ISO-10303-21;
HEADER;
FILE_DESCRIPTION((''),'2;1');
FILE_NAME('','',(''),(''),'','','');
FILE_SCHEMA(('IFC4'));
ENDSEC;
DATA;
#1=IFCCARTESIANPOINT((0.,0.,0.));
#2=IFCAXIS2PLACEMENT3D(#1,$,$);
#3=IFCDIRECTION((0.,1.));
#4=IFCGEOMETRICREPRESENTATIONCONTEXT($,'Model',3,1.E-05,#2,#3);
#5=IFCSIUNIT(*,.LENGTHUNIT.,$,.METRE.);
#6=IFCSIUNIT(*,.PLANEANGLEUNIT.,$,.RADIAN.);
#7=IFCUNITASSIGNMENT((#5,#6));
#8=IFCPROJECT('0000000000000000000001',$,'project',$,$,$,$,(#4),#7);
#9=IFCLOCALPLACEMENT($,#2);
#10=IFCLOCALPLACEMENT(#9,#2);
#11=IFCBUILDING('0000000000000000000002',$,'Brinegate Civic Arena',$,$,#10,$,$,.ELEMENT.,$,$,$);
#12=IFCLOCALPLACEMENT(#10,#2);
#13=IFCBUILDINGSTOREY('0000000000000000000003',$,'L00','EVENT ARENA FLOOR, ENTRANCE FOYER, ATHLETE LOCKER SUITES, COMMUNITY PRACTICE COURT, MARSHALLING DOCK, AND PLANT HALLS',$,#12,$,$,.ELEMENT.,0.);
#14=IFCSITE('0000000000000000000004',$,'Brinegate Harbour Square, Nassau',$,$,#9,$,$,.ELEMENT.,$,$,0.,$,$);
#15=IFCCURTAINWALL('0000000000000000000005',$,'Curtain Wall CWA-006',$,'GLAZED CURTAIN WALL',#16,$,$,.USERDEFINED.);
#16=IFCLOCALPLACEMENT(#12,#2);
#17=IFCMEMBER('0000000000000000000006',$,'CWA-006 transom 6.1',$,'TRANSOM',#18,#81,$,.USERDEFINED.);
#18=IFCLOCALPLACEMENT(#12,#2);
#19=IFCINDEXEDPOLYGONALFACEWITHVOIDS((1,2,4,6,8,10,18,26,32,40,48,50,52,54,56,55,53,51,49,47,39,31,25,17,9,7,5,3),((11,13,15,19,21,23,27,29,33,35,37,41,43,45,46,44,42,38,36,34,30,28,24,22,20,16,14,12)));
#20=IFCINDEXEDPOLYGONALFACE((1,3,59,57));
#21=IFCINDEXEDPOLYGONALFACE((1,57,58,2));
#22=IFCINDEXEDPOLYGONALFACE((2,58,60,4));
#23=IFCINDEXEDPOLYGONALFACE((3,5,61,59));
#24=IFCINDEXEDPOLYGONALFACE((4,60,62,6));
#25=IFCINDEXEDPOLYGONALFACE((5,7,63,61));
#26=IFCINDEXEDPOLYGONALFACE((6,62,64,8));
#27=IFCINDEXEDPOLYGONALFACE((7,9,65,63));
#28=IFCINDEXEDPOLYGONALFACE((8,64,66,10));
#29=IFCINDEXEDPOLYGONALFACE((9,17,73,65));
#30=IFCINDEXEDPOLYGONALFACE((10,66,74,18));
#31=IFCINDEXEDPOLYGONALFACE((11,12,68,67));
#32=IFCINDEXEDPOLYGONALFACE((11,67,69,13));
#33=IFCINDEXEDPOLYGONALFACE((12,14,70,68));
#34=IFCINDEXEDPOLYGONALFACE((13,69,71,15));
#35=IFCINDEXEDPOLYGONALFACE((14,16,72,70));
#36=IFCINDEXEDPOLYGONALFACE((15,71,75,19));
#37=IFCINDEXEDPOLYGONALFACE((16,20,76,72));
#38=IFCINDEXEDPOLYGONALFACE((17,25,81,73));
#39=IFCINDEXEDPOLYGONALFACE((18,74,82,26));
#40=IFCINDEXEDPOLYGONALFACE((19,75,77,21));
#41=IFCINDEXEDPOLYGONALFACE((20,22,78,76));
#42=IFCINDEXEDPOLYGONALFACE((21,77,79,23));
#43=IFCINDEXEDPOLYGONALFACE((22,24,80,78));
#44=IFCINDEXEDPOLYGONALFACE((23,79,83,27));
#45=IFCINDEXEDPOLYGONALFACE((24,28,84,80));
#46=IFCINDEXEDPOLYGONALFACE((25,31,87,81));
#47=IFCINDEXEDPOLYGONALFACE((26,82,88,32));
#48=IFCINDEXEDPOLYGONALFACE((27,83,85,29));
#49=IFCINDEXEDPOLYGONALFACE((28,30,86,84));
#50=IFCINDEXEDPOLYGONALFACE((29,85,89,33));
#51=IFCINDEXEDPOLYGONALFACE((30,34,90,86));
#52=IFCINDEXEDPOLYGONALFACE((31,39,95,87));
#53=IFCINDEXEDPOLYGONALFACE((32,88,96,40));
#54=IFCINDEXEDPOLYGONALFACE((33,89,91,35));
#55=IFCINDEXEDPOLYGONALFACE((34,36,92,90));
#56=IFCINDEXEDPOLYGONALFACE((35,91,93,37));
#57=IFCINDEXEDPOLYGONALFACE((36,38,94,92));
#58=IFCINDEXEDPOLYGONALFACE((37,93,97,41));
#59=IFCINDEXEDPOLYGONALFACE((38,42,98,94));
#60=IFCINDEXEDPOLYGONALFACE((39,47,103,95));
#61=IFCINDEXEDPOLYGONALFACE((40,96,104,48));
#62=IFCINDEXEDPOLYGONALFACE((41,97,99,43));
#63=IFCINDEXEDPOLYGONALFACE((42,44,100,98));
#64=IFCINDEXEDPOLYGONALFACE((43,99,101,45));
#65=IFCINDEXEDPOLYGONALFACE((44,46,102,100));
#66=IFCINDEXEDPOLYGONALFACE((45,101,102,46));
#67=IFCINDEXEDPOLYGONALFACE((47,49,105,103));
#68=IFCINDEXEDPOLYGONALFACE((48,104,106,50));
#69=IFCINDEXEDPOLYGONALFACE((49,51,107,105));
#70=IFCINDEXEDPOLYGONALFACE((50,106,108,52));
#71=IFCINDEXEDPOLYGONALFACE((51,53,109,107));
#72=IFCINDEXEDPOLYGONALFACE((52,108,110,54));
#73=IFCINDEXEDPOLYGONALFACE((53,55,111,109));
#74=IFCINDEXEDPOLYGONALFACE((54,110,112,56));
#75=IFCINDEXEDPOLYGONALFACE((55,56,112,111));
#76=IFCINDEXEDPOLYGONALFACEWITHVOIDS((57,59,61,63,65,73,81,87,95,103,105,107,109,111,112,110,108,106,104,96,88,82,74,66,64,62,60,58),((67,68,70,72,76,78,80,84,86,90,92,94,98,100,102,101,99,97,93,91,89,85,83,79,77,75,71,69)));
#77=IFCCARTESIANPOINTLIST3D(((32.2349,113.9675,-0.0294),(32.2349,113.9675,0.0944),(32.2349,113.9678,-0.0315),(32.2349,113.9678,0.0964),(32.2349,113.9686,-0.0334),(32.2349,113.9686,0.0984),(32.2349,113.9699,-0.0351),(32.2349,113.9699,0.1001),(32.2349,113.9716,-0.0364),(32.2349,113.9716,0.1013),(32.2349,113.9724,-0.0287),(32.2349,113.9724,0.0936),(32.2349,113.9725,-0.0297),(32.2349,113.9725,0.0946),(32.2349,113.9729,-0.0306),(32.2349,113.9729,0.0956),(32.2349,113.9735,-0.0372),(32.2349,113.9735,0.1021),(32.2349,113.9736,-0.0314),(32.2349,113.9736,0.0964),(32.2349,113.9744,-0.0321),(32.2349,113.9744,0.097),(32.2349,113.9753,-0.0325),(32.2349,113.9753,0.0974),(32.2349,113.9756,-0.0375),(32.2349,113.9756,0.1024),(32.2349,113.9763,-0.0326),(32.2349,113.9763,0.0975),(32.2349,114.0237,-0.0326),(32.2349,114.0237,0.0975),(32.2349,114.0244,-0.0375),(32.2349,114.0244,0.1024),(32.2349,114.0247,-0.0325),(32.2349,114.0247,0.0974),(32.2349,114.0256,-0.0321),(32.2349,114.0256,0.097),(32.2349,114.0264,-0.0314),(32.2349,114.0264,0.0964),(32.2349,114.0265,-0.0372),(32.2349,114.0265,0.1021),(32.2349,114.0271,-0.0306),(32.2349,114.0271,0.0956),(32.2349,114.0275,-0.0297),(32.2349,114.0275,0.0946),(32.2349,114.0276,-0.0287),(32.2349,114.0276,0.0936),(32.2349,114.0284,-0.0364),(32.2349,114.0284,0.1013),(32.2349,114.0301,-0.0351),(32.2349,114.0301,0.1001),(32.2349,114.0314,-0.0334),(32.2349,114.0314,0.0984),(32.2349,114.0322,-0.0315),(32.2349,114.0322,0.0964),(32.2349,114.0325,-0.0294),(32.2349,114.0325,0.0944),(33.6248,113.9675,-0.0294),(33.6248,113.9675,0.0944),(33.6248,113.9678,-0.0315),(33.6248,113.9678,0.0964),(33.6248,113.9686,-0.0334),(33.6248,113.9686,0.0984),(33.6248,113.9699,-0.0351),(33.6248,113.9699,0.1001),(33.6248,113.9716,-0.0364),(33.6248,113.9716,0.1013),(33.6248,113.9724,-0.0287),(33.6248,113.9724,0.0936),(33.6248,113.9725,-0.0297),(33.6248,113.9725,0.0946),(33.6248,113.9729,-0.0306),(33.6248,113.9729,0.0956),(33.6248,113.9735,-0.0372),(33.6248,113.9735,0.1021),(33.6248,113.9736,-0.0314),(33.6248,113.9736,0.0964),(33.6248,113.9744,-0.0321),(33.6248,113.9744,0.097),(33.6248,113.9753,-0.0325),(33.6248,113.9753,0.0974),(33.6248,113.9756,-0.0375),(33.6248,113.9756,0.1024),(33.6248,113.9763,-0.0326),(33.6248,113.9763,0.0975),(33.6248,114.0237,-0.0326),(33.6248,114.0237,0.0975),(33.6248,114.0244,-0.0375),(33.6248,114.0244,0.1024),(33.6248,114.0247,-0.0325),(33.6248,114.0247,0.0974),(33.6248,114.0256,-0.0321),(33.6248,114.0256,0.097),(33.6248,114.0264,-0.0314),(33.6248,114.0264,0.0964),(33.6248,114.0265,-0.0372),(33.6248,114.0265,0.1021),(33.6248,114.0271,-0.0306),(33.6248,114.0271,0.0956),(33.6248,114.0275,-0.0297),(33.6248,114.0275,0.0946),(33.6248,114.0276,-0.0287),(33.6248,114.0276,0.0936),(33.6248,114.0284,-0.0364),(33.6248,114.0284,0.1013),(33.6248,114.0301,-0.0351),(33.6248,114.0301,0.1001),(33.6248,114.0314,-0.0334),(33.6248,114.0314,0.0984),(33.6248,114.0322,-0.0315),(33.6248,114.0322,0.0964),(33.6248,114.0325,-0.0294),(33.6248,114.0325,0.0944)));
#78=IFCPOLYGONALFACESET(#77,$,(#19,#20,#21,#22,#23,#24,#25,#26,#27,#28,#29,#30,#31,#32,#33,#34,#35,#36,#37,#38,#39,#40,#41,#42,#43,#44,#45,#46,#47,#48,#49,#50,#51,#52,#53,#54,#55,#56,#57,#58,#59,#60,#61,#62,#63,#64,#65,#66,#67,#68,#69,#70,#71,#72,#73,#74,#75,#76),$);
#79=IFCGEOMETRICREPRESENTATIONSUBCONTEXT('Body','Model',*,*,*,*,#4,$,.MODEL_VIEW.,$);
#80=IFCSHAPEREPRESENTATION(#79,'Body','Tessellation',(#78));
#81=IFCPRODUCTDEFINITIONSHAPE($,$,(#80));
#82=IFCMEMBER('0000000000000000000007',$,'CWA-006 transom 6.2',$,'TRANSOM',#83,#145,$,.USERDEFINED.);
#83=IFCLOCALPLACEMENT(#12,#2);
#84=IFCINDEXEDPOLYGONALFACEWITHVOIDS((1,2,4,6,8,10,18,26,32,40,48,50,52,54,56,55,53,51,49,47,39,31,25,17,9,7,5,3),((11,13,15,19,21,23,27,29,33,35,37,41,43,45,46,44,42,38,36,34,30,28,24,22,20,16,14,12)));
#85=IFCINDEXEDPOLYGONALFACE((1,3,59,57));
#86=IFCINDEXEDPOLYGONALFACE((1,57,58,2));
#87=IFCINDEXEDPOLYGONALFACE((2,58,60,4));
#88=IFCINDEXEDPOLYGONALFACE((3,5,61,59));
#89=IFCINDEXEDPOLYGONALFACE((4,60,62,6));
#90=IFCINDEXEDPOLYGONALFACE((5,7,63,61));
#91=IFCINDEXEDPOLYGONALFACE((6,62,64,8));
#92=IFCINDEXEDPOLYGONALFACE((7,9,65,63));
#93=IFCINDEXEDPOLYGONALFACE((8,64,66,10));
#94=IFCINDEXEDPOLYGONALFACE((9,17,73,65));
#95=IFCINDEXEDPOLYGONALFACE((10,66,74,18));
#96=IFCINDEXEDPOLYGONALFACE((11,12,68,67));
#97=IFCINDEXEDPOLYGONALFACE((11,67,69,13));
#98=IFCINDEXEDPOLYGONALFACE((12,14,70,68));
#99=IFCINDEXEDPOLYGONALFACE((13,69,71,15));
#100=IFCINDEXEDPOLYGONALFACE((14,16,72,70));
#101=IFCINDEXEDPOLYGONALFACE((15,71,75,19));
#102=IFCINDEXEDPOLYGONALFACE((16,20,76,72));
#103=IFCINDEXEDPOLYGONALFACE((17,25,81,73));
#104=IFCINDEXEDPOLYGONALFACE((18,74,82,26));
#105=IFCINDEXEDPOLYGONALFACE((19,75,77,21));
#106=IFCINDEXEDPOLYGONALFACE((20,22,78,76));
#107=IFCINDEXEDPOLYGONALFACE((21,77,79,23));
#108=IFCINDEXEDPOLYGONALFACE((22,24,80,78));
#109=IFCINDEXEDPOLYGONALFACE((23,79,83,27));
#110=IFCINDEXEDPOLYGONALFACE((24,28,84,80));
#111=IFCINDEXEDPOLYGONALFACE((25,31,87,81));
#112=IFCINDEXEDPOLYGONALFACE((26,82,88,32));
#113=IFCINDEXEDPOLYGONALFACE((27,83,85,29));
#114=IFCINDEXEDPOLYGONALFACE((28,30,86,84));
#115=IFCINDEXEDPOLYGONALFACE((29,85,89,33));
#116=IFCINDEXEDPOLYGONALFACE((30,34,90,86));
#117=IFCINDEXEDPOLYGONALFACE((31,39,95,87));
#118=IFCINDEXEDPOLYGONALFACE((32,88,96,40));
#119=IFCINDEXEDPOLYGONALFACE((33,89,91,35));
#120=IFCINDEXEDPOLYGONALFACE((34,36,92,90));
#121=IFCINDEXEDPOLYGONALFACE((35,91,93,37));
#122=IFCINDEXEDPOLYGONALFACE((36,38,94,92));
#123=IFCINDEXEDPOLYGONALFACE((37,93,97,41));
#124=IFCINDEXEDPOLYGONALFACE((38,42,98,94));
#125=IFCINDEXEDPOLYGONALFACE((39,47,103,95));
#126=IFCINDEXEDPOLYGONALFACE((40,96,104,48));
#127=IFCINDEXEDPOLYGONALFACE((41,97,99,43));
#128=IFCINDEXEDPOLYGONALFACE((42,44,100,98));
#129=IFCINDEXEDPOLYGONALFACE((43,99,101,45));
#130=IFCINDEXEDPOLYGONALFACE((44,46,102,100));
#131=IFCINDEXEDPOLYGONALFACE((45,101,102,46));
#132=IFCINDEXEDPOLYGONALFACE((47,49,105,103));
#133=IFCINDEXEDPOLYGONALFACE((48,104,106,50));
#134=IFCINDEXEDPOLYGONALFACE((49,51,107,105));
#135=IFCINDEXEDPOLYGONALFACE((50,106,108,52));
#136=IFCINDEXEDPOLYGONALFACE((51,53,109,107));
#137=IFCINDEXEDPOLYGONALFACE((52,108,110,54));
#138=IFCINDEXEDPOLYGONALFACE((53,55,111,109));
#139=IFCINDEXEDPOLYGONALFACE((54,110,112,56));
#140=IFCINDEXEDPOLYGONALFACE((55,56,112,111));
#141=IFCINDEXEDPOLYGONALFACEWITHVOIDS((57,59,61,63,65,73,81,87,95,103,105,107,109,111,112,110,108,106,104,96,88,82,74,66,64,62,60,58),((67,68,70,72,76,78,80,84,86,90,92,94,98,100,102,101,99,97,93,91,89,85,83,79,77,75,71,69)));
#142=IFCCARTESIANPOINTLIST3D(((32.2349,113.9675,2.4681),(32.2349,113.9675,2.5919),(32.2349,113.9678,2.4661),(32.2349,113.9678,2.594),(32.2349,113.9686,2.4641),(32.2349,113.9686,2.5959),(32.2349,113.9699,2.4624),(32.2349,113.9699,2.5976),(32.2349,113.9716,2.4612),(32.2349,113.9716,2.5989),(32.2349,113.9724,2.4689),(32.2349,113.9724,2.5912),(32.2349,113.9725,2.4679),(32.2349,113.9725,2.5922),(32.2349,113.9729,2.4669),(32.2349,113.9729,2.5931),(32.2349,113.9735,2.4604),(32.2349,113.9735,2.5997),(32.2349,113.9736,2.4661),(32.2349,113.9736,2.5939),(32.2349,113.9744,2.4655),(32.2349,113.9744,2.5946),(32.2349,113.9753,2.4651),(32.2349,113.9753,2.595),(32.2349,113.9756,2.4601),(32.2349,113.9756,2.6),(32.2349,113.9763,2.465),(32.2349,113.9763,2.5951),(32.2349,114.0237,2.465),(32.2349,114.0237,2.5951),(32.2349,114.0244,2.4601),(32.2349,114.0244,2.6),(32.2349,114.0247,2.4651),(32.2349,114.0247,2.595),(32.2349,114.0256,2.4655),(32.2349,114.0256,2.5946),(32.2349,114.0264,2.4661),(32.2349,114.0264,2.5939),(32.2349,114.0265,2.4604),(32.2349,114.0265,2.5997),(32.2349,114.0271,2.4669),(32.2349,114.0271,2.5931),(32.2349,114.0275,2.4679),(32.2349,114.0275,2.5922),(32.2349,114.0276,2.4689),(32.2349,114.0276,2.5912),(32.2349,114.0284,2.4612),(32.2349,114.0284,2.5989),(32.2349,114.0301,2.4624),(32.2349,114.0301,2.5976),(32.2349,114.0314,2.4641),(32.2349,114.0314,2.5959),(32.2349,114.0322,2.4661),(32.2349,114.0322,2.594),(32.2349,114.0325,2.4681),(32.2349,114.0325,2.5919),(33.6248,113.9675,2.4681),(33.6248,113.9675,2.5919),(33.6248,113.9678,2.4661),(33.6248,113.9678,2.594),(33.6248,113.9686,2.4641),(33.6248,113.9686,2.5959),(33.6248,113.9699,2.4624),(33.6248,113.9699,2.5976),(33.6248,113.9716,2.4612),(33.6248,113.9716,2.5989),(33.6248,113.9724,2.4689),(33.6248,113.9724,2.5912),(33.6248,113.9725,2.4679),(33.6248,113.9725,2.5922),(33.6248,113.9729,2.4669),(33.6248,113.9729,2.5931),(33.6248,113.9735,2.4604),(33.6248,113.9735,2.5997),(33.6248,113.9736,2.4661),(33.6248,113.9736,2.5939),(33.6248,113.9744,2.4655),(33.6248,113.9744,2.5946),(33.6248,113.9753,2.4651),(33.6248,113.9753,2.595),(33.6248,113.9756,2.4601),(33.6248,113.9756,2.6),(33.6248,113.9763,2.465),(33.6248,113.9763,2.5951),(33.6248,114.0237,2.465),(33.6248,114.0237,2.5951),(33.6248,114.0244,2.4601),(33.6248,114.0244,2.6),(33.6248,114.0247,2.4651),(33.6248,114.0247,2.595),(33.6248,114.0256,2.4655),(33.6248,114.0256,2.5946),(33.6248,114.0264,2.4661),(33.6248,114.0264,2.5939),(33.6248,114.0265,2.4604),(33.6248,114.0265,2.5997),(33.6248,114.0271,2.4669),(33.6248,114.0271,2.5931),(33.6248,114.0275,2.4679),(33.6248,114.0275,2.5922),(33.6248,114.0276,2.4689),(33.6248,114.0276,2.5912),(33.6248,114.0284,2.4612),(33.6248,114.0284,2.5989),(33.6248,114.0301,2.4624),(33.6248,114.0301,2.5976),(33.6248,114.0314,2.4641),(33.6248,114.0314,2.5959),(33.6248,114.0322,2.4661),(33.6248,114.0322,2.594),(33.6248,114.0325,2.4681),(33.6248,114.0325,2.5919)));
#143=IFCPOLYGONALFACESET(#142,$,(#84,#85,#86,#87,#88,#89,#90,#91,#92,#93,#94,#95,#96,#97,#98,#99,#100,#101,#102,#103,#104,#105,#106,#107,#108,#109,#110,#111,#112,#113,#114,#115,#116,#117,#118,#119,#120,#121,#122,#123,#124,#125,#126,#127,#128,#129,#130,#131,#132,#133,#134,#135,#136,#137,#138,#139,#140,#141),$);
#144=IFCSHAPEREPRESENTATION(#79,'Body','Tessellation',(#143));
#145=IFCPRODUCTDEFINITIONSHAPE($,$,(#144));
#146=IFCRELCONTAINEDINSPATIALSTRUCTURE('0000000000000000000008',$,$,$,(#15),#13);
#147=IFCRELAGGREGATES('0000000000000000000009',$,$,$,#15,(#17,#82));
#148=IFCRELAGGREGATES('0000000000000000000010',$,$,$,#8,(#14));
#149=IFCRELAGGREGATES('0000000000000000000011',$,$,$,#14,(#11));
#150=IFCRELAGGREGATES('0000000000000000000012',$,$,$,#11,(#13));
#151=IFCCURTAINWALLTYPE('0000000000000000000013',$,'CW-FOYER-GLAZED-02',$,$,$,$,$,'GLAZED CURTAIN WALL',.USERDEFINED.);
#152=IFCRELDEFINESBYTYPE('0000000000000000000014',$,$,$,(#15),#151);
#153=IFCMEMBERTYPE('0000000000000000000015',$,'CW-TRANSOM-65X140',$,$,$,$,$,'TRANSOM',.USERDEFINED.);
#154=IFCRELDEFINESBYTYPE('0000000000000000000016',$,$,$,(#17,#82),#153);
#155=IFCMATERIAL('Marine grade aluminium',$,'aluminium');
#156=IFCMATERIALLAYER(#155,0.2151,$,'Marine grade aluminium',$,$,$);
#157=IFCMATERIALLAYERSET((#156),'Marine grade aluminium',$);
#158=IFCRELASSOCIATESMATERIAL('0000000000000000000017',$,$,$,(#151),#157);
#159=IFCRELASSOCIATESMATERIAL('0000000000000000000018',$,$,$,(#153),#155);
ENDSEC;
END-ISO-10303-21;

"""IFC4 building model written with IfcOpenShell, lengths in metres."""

from ifc_helpers import new_model, si_unit, direction, frame, origin, origin_2d, place, context, subcontext, project, spatial, hollow_rectangle, extrude, material, layer, layer_set, material_profile, profile_set, type_object, element, aggregate, save


model = new_model("IFC4")

# Units and contexts
model_context = context("Model", 3, precision=1e-05, world=origin(), true_north=direction((0.0, 1.0)))
body_context = subcontext(model_context, "Body", "Model", "MODEL_VIEW")
ifc_project = project(units=[si_unit("LENGTHUNIT", "METRE"), si_unit("PLANEANGLEUNIT", "RADIAN")], contexts=[model_context])

# Site, building, storey
site_placement = place(None, origin())
site = spatial("IfcSite", under=ifc_project, at=site_placement, Name="Brinegate Harbour Square, Nassau", CompositionType="ELEMENT", RefElevation=0.0)
building_placement = place(site_placement, origin())
building = spatial("IfcBuilding", under=site, at=building_placement, Name="Brinegate Civic Arena", CompositionType="ELEMENT")
storey_placement = place(building_placement, origin())
storey = spatial("IfcBuildingStorey", under=building, at=storey_placement, Name="L00", Description="EVENT ARENA FLOOR, ENTRANCE FOYER, ATHLETE LOCKER SUITES, COMMUNITY PRACTICE COURT, MARSHALLING DOCK, AND PLANT HALLS", CompositionType="ELEMENT", Elevation=0.0)

# Curtain wall
ifc_material_1 = material(Name="Marine grade aluminium", Category="aluminium")
ifc_layer_1 = layer(ifc_material_1, 0.2151, Name="Marine grade aluminium")
ifc_layer_set_1 = layer_set([ifc_layer_1], Name="Marine grade aluminium")
curtain_wall_type = type_object("IfcCurtainWallType", Name="CW-FOYER-GLAZED-02", ElementType="GLAZED CURTAIN WALL", PredefinedType="USERDEFINED", material=ifc_layer_set_1)
curtain_wall_1_placement = place(storey_placement, origin())
curtain_wall_1 = element("IfcCurtainWall", 1, at=curtain_wall_1_placement, inside=storey, type_object=curtain_wall_type, Name="Curtain Wall CWA-006", ObjectType="GLAZED CURTAIN WALL", PredefinedType="USERDEFINED")

# Members
ifc_material_profile_1 = material_profile(ifc_material_1, hollow_rectangle(XDim=0.0649, YDim=0.1399, WallThickness=0.0049, InnerFilletRadius=0.0039, OuterFilletRadius=0.0081, at=origin_2d()), Name="TRN65X140")
ifc_profile_set_1 = profile_set([ifc_material_profile_1], Name="Marine grade aluminium")
member_type_1 = type_object("IfcMemberType", Name="CW-TRANSOM-65X140", ElementType="TRANSOM", PredefinedType="USERDEFINED", material=ifc_profile_set_1)
member_1_placement = place(storey_placement, frame((32.2349, 114.0, 0.0325), z_axis=(1.0, 0.0, 0.0), x_axis=(0.0, 1.0, 0.0)))
member_1 = element("IfcMember", 2, at=member_1_placement, type_object=member_type_1, Name="CWA-006 transom 6.1", ObjectType="TRANSOM", PredefinedType="USERDEFINED", context=body_context, shape_type="SweptSolid", body=[
    extrude(hollow_rectangle(XDim=0.0649, YDim=0.1399, WallThickness=0.0049, InnerFilletRadius=0.0039, OuterFilletRadius=0.0081, at=origin_2d()), origin(), (0.0, 0.0, 1.0), 1.3899),
])
member_2_placement = place(storey_placement, frame((32.2349, 114.0, 2.53), z_axis=(1.0, 0.0, 0.0), x_axis=(0.0, 1.0, 0.0)))
member_2 = element("IfcMember", 3, at=member_2_placement, type_object=member_type_1, Name="CWA-006 transom 6.2", ObjectType="TRANSOM", PredefinedType="USERDEFINED", context=body_context, shape_type="SweptSolid", body=[
    extrude(hollow_rectangle(XDim=0.0649, YDim=0.1399, WallThickness=0.0049, InnerFilletRadius=0.0039, OuterFilletRadius=0.0081, at=origin_2d()), origin(), (0.0, 0.0, 1.0), 1.3899),
])

aggregate(curtain_wall_1, [member_1, member_2])

save(model, "model.ifc")
